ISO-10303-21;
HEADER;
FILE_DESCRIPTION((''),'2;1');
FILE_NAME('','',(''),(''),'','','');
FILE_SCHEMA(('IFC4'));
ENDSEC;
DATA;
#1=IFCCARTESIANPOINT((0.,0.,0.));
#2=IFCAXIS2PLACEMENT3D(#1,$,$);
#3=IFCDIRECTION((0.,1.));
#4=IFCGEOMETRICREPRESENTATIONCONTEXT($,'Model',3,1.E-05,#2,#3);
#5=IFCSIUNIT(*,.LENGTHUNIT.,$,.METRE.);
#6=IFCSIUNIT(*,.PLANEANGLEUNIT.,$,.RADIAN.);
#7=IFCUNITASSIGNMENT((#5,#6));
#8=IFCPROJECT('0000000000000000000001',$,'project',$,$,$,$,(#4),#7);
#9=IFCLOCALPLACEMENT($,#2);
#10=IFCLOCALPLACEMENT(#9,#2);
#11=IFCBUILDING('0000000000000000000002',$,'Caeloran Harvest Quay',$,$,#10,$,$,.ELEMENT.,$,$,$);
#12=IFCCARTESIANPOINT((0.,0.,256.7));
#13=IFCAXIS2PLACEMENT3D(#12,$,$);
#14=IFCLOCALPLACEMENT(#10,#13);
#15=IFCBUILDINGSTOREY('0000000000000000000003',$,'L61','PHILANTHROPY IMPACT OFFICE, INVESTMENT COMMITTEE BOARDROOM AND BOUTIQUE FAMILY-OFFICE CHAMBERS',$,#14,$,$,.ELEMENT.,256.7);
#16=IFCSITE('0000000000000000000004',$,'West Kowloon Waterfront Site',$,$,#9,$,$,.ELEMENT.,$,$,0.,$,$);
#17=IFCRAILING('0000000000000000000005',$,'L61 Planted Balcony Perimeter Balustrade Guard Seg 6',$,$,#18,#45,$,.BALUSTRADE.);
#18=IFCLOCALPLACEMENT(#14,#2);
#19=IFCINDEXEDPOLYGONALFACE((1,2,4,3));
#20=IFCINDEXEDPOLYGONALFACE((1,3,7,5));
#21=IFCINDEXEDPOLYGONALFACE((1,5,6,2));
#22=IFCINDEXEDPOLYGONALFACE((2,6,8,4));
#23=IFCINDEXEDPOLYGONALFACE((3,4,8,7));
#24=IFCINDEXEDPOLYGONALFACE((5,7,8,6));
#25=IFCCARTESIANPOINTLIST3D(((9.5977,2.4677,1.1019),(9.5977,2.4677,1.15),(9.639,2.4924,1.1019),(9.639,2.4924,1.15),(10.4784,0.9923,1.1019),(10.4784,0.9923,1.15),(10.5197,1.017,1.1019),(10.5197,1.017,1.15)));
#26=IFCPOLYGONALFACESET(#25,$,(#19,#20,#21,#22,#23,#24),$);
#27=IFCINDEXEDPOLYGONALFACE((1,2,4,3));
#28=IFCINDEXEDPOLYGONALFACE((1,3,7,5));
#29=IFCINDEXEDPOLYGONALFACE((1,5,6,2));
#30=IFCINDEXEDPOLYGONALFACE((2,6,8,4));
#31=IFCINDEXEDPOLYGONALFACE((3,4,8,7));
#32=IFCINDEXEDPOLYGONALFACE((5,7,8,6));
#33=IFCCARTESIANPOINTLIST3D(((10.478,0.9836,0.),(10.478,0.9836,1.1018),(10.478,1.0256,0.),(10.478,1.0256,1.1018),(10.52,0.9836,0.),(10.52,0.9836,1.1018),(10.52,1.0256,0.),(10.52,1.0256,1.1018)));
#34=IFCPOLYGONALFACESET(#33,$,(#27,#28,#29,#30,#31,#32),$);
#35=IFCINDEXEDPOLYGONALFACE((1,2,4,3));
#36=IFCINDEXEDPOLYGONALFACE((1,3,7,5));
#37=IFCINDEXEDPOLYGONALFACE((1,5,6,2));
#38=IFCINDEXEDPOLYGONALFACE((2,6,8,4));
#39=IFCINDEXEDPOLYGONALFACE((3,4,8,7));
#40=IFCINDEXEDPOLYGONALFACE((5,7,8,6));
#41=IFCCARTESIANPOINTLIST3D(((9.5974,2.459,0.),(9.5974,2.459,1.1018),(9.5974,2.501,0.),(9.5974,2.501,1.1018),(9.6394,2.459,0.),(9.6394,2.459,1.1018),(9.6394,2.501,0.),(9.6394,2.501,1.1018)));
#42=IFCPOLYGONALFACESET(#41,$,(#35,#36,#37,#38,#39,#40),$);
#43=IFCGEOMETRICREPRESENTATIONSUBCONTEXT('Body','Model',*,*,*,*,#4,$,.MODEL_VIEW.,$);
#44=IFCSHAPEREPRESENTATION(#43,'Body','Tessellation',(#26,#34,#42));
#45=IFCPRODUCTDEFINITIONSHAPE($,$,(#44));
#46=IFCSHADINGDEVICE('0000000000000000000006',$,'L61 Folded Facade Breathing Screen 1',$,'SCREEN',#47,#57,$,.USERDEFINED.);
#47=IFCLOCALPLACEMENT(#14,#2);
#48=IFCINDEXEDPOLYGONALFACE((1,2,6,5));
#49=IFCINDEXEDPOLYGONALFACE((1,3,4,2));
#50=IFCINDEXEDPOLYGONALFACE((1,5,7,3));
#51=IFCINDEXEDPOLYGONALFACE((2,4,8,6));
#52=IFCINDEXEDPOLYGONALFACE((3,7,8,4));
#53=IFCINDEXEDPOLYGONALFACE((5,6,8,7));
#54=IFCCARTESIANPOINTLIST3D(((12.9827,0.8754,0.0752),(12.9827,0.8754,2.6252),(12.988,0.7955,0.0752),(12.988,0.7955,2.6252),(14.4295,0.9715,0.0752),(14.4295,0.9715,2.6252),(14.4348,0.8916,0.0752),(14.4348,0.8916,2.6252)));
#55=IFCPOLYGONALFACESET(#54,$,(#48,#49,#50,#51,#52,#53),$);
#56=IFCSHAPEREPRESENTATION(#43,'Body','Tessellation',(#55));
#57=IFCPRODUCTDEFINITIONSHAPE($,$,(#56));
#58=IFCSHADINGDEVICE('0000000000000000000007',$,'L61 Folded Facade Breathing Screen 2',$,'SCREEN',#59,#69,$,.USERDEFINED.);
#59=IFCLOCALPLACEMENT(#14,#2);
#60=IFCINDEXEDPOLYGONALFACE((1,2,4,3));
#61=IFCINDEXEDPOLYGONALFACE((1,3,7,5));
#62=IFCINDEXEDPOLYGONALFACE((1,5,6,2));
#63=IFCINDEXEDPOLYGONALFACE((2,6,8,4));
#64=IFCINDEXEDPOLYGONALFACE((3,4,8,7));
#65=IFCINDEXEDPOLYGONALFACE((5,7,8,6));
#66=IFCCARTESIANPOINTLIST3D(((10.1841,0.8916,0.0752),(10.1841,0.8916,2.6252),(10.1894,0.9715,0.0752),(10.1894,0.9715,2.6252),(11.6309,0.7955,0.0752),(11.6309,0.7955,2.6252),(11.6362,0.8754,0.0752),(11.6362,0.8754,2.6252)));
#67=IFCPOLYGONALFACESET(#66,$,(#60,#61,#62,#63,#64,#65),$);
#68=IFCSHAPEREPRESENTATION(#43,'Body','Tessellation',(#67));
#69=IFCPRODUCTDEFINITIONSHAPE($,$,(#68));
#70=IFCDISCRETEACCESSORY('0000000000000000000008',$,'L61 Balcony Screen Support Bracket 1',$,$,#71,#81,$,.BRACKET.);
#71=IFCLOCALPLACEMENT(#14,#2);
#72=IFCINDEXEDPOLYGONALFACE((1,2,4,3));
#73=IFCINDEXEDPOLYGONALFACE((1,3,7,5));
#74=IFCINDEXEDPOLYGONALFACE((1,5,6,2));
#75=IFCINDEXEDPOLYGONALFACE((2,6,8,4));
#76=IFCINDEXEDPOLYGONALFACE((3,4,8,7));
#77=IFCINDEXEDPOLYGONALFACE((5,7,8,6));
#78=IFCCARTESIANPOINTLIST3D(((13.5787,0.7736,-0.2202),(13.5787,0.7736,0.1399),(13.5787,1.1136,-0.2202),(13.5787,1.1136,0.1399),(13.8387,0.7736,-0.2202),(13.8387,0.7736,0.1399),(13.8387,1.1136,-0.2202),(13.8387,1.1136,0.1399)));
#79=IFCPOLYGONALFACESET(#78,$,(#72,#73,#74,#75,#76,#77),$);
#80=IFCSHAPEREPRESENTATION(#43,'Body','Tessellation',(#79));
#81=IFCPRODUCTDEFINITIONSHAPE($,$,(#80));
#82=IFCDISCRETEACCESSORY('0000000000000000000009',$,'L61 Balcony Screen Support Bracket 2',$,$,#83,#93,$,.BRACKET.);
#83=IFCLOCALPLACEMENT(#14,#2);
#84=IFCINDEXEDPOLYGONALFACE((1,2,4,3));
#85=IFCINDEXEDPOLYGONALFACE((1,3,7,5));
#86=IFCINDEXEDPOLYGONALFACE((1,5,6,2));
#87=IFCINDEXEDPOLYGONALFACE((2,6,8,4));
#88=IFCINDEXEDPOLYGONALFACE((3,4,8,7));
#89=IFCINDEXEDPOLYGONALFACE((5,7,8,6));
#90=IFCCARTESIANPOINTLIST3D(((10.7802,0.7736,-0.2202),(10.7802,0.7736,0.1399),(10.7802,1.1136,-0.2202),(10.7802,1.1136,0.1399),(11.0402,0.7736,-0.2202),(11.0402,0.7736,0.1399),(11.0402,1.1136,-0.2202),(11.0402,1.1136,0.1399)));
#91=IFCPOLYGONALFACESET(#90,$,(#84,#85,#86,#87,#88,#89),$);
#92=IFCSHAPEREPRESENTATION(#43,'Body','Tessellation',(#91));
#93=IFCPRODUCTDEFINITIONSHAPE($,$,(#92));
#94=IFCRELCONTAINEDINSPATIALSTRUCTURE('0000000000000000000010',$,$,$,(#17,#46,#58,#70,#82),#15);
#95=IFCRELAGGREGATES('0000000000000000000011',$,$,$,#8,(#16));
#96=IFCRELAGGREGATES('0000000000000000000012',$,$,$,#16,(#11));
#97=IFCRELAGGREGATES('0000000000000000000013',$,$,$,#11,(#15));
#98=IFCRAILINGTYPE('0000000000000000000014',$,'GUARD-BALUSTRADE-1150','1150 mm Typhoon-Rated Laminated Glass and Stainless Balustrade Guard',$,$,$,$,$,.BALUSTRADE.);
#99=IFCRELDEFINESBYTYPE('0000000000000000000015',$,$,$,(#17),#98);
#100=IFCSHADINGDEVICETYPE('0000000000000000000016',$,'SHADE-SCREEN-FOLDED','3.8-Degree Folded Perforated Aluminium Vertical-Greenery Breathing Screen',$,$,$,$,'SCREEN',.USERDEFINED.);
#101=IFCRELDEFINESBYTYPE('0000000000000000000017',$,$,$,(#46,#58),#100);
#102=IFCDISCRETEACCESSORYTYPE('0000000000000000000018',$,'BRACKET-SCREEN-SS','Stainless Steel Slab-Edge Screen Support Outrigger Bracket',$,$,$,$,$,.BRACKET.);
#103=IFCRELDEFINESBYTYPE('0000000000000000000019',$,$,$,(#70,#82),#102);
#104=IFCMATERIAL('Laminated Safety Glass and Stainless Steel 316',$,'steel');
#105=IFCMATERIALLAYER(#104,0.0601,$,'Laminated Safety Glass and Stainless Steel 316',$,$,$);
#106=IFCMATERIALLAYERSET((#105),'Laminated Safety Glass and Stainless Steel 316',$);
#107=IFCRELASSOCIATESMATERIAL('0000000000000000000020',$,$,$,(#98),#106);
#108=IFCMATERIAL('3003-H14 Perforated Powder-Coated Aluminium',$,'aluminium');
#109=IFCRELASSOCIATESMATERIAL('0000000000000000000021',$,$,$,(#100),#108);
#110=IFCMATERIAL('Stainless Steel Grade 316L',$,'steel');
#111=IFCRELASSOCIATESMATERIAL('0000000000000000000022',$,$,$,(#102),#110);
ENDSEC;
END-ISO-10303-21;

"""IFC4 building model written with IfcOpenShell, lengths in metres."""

from ifc_helpers import new_model, si_unit, direction, frame, origin, origin_2d, place, context, subcontext, project, spatial, rectangle, extrude, material, layer, layer_set, type_object, element, save


model = new_model("IFC4")

# Units and contexts
model_context = context("Model", 3, precision=1e-05, world=origin(), true_north=direction((0.0, 1.0)))
body_context = subcontext(model_context, "Body", "Model", "MODEL_VIEW")
ifc_project = project(units=[si_unit("LENGTHUNIT", "METRE"), si_unit("PLANEANGLEUNIT", "RADIAN")], contexts=[model_context])

# Site, building, storey
site_placement = place(None, origin())
site = spatial("IfcSite", under=ifc_project, at=site_placement, Name="West Kowloon Waterfront Site", CompositionType="ELEMENT", RefElevation=0.0)
building_placement = place(site_placement, origin())
building = spatial("IfcBuilding", under=site, at=building_placement, Name="Caeloran Harvest Quay", CompositionType="ELEMENT")
storey_placement = place(building_placement, frame((0.0, 0.0, 256.7)))
storey = spatial("IfcBuildingStorey", under=building, at=storey_placement, Name="L61", Description="PHILANTHROPY IMPACT OFFICE, INVESTMENT COMMITTEE BOARDROOM AND BOUTIQUE FAMILY-OFFICE CHAMBERS", CompositionType="ELEMENT", Elevation=256.7)

# Railing
ifc_material_1 = material(Name="Laminated Safety Glass and Stainless Steel 316", Category="steel")
ifc_layer_1 = layer(ifc_material_1, 0.0601, Name="Laminated Safety Glass and Stainless Steel 316")
ifc_layer_set_1 = layer_set([ifc_layer_1], Name="Laminated Safety Glass and Stainless Steel 316")
railing_type_1 = type_object("IfcRailingType", Name="GUARD-BALUSTRADE-1150", Description="1150 mm Typhoon-Rated Laminated Glass and Stainless Balustrade Guard", PredefinedType="BALUSTRADE", material=ifc_layer_set_1)
railing_1_placement = place(storey_placement, frame((10.499, 1.0046, 0.0)))
element("IfcRailing", 1, at=railing_1_placement, inside=storey, type_object=railing_type_1, Name="L61 Planted Balcony Perimeter Balustrade Guard Seg 6", PredefinedType="BALUSTRADE", context=body_context, shape_type="SweptSolid", body=[
    extrude(rectangle(XDim=0.0481, YDim=0.0481, at=origin_2d()), frame((0.0, 0.0, 1.126), z_axis=(-0.51253, 0.858669, 0.0), x_axis=(-0.858669, -0.51253, 0.0)), (0.0, 0.0, 1.0), 1.7183),
    extrude(rectangle(XDim=0.042, YDim=0.042, at=origin_2d()), origin(), (0.0, 0.0, 1.0), 1.1018),
    extrude(rectangle(XDim=0.042, YDim=0.042, at=origin_2d()), frame((-0.8806, 1.4753, 0.0)), (0.0, 0.0, 1.0), 1.1018),
])

# Shading devices
ifc_material_2 = material(Name="3003-H14 Perforated Powder-Coated Aluminium", Category="aluminium")
shading_device_type = type_object("IfcShadingDeviceType", Name="SHADE-SCREEN-FOLDED", Description="3.8-Degree Folded Perforated Aluminium Vertical-Greenery Breathing Screen", ElementType="SCREEN", PredefinedType="USERDEFINED", material=ifc_material_2)
for number, where, z_axis, x_axis, name in (
    (2, (13.7087, 0.8835, 0.0752), (0.0, 0.0, 1.0), (0.997801, 0.066274, 0.0), "L61 Folded Facade Breathing Screen 1"),
    (3, (10.9102, 0.8835, 0.0752), (0.0, 0.0, 1.0), (0.997801, -0.066274, 0.0), "L61 Folded Facade Breathing Screen 2"),
):
    element("IfcShadingDevice", number, at=place(storey_placement, frame(where, z_axis=z_axis, x_axis=x_axis)), inside=storey, type_object=shading_device_type, Name=name, ObjectType="SCREEN", PredefinedType="USERDEFINED", context=body_context, shape_type="SweptSolid", body=[
        extrude(rectangle(XDim=1.45, YDim=0.0801, at=origin_2d()), origin(), (0.0, 0.0, 1.0), 2.55),
    ])

# Discrete accessories
ifc_material_3 = material(Name="Stainless Steel Grade 316L", Category="steel")
discrete_accessory_type = type_object("IfcDiscreteAccessoryType", Name="BRACKET-SCREEN-SS", Description="Stainless Steel Slab-Edge Screen Support Outrigger Bracket", PredefinedType="BRACKET", material=ifc_material_3)
for number, where, z_axis, x_axis, name in (
    (4, (13.7087, 0.9436, -0.2202), (0.0, 0.0, 1.0), (1.0, 0.0, 0.0), "L61 Balcony Screen Support Bracket 1"),
    (5, (10.9102, 0.9436, -0.2202), (0.0, 0.0, 1.0), (1.0, 0.0, 0.0), "L61 Balcony Screen Support Bracket 2"),
):
    element("IfcDiscreteAccessory", number, at=place(storey_placement, frame(where, z_axis=z_axis, x_axis=x_axis)), inside=storey, type_object=discrete_accessory_type, Name=name, PredefinedType="BRACKET", context=body_context, shape_type="SweptSolid", body=[
        extrude(rectangle(XDim=0.26, YDim=0.3401, at=origin_2d()), origin(), (0.0, 0.0, 1.0), 0.3601),
    ])

save(model, "model.ifc")
